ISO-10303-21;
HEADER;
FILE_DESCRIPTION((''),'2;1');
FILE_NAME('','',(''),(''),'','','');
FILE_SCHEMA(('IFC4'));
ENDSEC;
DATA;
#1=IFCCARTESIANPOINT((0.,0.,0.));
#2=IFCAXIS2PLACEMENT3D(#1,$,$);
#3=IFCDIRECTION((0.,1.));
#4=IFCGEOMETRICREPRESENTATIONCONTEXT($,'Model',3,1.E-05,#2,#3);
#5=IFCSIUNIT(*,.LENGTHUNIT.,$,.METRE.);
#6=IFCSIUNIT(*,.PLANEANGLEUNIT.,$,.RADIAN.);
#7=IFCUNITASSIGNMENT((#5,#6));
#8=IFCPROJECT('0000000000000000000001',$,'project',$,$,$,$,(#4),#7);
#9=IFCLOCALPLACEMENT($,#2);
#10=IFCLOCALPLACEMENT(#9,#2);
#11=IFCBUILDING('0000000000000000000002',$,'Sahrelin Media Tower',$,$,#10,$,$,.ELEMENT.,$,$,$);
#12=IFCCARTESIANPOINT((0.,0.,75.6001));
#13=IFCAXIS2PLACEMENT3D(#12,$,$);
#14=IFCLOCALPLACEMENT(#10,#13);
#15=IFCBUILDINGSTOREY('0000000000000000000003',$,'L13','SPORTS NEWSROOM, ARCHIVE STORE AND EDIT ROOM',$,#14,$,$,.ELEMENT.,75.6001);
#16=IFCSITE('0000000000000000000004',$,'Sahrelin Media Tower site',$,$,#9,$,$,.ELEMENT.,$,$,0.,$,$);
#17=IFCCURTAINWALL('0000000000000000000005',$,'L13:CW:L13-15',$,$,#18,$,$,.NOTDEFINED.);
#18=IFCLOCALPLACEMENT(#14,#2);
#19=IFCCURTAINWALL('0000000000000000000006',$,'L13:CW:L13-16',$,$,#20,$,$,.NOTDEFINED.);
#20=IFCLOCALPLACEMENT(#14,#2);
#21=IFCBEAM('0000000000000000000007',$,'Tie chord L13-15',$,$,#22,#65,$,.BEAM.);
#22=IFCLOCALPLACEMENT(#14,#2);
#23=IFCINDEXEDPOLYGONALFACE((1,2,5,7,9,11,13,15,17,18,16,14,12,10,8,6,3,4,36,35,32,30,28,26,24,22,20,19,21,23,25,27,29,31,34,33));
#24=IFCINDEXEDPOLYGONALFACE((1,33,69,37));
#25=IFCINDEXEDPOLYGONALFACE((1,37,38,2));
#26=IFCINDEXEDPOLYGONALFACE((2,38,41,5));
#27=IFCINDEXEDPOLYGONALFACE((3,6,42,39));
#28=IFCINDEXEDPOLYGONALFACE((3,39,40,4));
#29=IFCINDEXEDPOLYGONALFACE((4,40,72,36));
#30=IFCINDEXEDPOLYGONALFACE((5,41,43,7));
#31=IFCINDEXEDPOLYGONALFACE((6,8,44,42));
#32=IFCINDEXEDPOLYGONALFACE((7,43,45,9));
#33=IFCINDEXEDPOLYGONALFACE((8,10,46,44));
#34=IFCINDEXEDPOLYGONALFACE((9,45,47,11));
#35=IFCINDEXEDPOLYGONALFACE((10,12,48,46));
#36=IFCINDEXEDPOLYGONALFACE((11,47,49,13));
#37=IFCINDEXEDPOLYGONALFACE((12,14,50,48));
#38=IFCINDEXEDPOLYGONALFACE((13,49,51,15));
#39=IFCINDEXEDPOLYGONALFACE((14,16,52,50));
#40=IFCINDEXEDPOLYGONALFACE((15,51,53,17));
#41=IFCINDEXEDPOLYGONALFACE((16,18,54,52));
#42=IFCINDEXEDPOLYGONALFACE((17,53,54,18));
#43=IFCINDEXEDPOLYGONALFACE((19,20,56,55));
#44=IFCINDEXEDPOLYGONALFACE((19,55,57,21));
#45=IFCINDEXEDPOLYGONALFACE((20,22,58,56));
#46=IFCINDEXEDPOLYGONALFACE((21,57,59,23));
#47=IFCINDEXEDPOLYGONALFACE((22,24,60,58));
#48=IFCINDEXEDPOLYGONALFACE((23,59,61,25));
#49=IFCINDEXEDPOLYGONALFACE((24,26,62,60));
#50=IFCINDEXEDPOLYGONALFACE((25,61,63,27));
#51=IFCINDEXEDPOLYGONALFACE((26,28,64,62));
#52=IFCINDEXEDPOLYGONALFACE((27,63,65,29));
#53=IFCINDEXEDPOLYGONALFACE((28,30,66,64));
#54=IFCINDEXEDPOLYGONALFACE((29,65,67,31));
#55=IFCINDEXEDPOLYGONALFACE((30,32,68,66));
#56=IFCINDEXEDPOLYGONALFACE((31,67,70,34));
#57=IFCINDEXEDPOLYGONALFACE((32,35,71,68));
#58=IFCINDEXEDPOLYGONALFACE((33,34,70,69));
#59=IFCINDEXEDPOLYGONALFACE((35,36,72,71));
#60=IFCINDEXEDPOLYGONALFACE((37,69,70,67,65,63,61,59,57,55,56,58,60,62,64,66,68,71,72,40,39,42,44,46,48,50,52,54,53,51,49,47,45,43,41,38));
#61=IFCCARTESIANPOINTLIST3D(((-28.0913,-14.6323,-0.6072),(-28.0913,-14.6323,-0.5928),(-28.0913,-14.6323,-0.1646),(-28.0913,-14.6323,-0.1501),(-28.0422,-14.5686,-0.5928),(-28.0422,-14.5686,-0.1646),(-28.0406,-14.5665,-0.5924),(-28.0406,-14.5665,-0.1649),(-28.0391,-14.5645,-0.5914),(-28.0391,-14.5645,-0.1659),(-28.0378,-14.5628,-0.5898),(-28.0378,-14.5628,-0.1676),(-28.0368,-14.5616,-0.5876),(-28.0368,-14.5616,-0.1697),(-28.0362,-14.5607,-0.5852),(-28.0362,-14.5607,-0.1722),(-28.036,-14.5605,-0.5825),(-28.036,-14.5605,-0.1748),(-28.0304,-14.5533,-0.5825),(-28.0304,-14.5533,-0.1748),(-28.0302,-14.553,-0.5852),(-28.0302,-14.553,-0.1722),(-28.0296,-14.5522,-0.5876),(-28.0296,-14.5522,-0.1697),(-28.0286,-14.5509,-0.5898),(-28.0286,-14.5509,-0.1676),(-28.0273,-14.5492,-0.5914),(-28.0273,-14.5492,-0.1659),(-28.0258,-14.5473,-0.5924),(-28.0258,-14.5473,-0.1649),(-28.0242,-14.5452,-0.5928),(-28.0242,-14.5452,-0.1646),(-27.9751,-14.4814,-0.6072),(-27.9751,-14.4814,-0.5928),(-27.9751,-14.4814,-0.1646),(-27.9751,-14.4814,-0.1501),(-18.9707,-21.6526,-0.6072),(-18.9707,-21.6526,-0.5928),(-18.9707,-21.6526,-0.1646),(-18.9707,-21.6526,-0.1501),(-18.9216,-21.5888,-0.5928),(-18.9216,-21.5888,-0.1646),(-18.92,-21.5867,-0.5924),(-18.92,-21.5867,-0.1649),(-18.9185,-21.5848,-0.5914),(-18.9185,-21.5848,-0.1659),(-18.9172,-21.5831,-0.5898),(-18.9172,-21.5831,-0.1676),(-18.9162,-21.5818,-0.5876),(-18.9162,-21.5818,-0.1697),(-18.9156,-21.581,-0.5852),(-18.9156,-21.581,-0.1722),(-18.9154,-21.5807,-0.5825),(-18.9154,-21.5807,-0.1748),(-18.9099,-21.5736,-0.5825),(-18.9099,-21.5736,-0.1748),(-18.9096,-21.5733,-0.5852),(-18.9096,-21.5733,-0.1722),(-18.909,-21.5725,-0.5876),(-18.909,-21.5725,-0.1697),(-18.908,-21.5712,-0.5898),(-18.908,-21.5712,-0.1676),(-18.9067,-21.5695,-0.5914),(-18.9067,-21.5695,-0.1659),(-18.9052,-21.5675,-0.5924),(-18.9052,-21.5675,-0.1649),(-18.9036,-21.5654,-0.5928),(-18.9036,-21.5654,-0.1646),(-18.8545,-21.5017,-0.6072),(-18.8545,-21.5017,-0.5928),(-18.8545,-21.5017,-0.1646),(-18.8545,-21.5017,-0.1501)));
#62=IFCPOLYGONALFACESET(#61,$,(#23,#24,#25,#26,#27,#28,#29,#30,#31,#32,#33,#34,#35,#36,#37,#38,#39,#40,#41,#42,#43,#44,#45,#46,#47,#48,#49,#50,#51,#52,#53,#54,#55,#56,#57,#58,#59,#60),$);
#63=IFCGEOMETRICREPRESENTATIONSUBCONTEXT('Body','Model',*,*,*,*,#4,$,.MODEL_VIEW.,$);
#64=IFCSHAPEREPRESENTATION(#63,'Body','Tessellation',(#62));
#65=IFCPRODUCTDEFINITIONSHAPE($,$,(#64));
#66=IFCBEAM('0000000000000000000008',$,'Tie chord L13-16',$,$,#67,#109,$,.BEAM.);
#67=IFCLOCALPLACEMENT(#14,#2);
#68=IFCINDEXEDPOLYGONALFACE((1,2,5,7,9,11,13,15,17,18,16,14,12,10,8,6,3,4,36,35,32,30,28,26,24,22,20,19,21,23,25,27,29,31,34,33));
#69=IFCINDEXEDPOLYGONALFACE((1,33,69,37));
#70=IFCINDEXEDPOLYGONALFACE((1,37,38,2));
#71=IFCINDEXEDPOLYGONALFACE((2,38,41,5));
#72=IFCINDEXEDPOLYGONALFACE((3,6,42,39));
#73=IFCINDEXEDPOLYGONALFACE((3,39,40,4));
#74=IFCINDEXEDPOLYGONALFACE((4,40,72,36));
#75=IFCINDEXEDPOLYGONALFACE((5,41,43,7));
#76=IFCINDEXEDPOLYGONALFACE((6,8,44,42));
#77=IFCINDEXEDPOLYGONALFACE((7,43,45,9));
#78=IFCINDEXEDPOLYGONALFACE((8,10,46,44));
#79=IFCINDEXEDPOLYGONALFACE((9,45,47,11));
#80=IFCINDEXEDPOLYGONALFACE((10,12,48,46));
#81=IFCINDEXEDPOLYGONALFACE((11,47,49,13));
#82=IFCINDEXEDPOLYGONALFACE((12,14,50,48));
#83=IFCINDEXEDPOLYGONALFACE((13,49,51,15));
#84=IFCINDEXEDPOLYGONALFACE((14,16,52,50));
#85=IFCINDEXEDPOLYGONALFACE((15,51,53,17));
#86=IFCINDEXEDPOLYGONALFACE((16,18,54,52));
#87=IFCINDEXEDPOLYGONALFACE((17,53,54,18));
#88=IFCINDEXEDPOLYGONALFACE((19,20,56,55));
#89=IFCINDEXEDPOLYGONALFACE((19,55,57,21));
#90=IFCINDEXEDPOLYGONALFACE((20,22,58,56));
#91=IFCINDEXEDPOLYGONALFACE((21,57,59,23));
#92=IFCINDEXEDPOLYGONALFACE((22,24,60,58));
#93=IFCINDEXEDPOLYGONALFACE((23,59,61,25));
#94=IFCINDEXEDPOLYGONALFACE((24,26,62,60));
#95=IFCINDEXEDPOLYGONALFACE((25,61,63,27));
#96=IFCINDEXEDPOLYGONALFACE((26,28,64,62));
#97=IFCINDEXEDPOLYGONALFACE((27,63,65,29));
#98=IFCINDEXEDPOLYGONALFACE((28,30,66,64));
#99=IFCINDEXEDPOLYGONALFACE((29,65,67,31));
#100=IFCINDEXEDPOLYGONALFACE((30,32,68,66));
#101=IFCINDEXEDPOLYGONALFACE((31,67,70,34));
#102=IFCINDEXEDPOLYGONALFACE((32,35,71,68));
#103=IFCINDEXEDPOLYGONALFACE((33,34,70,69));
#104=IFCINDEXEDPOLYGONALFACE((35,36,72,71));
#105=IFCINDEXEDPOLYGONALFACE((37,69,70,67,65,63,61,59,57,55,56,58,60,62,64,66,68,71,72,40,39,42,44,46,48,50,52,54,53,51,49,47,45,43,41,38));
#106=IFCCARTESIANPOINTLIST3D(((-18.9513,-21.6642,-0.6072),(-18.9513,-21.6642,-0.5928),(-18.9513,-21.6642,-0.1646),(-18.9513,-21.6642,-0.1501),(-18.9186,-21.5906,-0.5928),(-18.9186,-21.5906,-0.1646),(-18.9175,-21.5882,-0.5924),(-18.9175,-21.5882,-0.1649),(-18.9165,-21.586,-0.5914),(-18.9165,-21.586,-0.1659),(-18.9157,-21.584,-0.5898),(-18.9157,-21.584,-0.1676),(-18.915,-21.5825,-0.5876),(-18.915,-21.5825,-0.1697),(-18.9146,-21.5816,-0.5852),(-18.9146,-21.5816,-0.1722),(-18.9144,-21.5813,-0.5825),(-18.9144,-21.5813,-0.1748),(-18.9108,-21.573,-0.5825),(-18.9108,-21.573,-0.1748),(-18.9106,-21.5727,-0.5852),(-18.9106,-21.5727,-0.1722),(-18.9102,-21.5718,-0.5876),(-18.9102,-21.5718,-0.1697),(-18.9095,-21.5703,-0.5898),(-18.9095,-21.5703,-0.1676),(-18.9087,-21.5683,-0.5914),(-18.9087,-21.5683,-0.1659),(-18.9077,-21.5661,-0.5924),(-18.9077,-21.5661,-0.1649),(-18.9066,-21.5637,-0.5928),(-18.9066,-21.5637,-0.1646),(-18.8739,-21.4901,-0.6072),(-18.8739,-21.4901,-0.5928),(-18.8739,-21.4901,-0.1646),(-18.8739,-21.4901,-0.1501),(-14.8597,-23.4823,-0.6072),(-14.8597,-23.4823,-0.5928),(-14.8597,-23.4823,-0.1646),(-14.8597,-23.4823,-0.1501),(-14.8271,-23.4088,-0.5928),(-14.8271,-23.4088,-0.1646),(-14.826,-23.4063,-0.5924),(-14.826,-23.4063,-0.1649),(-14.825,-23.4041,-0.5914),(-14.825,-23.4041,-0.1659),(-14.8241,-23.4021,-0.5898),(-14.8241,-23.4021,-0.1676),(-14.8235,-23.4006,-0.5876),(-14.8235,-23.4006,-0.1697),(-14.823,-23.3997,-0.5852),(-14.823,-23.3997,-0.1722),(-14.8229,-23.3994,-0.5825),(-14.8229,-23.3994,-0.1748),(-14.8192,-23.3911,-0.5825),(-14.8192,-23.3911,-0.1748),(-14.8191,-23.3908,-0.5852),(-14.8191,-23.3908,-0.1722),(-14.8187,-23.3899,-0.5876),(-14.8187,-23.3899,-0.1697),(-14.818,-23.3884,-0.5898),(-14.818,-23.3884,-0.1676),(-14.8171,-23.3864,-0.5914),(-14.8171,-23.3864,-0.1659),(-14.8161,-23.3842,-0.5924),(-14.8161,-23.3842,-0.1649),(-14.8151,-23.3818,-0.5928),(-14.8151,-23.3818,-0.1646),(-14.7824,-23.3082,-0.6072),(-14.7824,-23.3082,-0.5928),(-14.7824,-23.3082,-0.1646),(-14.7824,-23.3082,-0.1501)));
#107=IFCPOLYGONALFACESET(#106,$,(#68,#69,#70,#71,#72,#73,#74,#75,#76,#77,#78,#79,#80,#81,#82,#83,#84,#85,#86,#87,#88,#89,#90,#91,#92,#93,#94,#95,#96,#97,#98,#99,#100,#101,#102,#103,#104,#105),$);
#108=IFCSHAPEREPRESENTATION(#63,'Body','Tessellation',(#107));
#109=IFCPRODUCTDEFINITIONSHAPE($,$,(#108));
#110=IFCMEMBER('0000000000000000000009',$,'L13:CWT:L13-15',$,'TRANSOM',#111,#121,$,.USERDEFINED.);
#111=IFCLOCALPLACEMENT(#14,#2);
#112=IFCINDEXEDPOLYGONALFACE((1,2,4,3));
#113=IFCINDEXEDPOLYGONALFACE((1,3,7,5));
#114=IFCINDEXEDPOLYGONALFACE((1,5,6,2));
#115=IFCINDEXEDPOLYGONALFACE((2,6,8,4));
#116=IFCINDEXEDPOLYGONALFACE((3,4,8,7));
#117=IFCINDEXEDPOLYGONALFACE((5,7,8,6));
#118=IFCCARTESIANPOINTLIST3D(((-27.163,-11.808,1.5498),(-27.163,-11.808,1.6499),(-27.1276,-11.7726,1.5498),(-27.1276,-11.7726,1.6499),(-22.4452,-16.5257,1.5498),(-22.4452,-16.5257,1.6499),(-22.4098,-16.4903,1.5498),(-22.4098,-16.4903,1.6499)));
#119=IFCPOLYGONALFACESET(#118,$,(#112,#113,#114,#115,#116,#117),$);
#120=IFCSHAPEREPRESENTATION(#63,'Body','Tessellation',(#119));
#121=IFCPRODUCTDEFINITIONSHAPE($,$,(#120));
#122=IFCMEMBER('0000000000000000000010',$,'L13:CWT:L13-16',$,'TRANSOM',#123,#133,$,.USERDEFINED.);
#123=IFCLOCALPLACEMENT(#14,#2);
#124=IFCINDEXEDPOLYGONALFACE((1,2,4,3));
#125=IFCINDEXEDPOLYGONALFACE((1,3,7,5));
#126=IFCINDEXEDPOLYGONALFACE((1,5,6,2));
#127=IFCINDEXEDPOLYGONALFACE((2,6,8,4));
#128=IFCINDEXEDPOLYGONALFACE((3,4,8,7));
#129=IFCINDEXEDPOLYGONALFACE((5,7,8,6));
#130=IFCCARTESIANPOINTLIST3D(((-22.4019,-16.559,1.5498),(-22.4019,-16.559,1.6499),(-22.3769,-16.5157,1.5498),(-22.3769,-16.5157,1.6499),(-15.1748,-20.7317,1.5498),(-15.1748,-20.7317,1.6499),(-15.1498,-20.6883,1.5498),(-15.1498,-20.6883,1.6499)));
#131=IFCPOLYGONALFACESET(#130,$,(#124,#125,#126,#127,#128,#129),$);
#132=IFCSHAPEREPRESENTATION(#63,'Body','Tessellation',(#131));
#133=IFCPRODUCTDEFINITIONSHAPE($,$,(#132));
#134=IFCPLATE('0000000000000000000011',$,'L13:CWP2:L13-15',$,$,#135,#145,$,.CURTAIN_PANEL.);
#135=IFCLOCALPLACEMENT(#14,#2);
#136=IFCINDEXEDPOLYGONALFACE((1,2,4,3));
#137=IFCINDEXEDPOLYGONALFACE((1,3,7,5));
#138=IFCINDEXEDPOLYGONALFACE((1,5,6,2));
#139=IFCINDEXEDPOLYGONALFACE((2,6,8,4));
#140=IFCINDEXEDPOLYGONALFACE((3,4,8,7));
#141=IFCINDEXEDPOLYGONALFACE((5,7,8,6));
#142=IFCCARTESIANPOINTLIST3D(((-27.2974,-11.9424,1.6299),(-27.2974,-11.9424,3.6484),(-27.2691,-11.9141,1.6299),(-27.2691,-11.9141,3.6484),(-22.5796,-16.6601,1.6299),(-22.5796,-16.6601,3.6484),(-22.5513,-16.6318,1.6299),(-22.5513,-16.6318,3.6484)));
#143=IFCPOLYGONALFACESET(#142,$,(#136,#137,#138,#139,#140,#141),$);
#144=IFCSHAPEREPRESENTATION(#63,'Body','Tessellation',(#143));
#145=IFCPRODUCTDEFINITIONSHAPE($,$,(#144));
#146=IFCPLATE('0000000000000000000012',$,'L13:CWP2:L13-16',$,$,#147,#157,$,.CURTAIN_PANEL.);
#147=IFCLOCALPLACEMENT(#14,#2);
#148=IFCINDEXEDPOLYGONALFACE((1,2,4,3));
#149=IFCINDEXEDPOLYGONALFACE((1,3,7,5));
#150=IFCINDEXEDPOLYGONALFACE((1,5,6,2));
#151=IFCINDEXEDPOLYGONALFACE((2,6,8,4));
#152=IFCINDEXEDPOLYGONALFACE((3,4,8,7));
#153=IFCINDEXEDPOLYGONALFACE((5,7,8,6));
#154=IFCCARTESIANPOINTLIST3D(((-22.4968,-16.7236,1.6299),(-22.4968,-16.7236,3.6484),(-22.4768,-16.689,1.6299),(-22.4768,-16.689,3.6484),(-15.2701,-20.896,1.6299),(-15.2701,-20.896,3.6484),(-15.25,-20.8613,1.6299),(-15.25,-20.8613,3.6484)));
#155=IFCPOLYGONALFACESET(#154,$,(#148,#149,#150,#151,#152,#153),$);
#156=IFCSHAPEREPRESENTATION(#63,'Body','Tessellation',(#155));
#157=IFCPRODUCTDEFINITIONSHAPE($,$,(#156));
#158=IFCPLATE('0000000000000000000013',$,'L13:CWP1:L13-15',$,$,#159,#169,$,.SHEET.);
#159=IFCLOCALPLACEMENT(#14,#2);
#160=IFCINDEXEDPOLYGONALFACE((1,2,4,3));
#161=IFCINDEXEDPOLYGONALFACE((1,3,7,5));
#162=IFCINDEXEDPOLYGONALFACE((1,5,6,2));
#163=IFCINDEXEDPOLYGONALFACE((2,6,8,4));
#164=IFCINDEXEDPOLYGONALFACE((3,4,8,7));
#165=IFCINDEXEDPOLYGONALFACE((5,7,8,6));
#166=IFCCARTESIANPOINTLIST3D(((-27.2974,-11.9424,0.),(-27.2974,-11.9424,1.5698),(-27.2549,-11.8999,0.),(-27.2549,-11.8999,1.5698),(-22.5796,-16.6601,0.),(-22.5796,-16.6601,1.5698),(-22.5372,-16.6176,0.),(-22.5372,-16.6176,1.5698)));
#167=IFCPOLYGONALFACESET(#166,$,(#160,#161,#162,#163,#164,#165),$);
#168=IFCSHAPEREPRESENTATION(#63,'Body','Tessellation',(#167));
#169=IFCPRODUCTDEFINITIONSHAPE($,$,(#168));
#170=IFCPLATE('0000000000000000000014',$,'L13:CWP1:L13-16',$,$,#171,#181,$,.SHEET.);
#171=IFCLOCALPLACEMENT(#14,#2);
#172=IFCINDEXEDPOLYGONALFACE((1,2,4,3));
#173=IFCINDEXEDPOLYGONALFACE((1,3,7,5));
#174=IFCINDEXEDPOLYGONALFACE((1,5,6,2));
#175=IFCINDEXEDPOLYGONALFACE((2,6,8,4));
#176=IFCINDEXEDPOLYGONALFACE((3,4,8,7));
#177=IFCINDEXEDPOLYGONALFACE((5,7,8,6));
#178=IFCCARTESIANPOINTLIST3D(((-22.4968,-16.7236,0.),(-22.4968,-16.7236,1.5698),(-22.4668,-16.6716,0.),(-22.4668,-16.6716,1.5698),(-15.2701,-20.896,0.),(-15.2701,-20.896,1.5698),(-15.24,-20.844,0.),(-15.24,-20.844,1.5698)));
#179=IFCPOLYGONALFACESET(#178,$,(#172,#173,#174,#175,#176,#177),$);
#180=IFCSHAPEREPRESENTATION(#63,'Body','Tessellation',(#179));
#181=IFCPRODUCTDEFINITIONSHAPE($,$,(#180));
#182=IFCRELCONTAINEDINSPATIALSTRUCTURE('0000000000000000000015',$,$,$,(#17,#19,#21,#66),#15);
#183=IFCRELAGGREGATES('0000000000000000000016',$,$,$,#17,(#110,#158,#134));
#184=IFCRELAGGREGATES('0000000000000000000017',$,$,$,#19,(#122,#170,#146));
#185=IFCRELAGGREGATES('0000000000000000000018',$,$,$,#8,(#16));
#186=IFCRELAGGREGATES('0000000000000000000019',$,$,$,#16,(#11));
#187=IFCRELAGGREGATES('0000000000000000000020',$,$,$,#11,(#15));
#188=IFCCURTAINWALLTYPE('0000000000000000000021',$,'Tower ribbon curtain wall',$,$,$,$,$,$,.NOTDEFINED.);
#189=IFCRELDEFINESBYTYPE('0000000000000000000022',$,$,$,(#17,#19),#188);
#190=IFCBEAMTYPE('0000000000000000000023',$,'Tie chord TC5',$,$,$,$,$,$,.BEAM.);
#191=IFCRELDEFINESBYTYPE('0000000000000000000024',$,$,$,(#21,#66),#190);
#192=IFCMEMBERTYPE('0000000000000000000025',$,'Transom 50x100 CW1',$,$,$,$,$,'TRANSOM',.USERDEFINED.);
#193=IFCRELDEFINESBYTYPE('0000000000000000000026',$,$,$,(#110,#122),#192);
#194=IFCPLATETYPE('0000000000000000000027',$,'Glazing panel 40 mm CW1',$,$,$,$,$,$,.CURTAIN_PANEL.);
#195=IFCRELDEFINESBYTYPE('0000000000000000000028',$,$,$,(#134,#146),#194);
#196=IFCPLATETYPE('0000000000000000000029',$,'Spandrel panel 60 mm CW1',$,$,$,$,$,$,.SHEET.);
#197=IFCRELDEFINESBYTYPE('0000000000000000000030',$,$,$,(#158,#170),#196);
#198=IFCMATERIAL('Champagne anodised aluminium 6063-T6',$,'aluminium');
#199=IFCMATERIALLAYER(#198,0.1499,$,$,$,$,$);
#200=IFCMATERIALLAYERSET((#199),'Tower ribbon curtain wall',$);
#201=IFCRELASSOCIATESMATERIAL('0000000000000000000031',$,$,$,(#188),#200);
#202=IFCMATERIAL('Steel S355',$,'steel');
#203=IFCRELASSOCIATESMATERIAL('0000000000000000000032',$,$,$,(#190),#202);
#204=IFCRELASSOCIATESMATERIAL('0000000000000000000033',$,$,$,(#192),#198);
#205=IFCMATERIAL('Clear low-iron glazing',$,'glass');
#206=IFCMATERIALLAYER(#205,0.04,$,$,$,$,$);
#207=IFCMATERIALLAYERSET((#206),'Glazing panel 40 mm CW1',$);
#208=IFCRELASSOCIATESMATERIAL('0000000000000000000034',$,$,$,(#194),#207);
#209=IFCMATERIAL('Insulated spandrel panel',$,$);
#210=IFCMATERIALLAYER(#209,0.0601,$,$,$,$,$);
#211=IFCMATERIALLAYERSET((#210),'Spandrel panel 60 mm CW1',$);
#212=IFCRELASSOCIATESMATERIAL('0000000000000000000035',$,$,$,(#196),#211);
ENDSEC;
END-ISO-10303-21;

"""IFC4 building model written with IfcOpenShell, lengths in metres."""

from ifc_helpers import new_model, si_unit, direction, frame, origin, origin_2d, place, context, subcontext, project, spatial, polyline, rectangle, i_section, outline, extrude, material, layer, layer_set, material_profile, profile_set, type_object, element, aggregate, save


model = new_model("IFC4")

# Units and contexts
model_context = context("Model", 3, precision=1e-05, world=origin(), true_north=direction((0.0, 1.0)))
body_context = subcontext(model_context, "Body", "Model", "MODEL_VIEW")
ifc_project = project(units=[si_unit("LENGTHUNIT", "METRE"), si_unit("PLANEANGLEUNIT", "RADIAN")], contexts=[model_context])

# Site, building, storey
site_placement = place(None, origin())
site = spatial("IfcSite", under=ifc_project, at=site_placement, Name="Sahrelin Media Tower site", CompositionType="ELEMENT", RefElevation=0.0)
building_placement = place(site_placement, origin())
building = spatial("IfcBuilding", under=site, at=building_placement, Name="Sahrelin Media Tower", CompositionType="ELEMENT")
storey_placement = place(building_placement, frame((0.0, 0.0, 75.6001)))
storey = spatial("IfcBuildingStorey", under=building, at=storey_placement, Name="L13", Description="SPORTS NEWSROOM, ARCHIVE STORE AND EDIT ROOM", CompositionType="ELEMENT", Elevation=75.6001)

# Shared definitions
ifc_material_1 = material(Name="Steel S355", Category="steel")

# Curtain walls
ifc_material_2 = material(Name="Champagne anodised aluminium 6063-T6", Category="aluminium")
ifc_layer_1 = layer(ifc_material_2, 0.1499)
ifc_layer_set_1 = layer_set([ifc_layer_1], Name="Tower ribbon curtain wall")
curtain_wall_type = type_object("IfcCurtainWallType", Name="Tower ribbon curtain wall", PredefinedType="NOTDEFINED", material=ifc_layer_set_1)
curtain_wall_1_placement = place(storey_placement, frame((-24.9243, -14.2871, 0.0), z_axis=(0.0, 0.0, 1.0), x_axis=(1.0, 0.0, 0.0)))
curtain_wall_1 = element("IfcCurtainWall", 1, at=curtain_wall_1_placement, inside=storey, type_object=curtain_wall_type, Name="L13:CW:L13-15", PredefinedType="NOTDEFINED")
curtain_wall_2_placement = place(storey_placement, frame((-18.8733, -18.7925, 0.0), z_axis=(0.0, 0.0, 1.0), x_axis=(1.0, 0.0, 0.0)))
curtain_wall_2 = element("IfcCurtainWall", 2, at=curtain_wall_2_placement, inside=storey, type_object=curtain_wall_type, Name="L13:CW:L13-16", PredefinedType="NOTDEFINED")

# Beams
ifc_material_profile_1 = material_profile(ifc_material_1, i_section(OverallWidth=0.1904, OverallDepth=0.457, WebThickness=0.009, FlangeThickness=0.0144, FilletRadius=0.0103, at=origin_2d()), Name="UB 457x191x74")
ifc_profile_set_1 = profile_set([ifc_material_profile_1], Name="Steel S355")
beam_type_1 = type_object("IfcBeamType", Name="Tie chord TC5", PredefinedType="BEAM", material=ifc_profile_set_1)
beam_1_placement = place(storey_placement, frame((-28.0332, -14.5569, -0.3787), z_axis=(0.792439, -0.609952, 0.0), x_axis=(0.609952, 0.792439, 0.0)))
element("IfcBeam", 3, at=beam_1_placement, inside=storey, type_object=beam_type_1, Name="Tie chord L13-15", PredefinedType="BEAM", context=body_context, shape_type="SweptSolid", body=[
    extrude(i_section(OverallWidth=0.1904, OverallDepth=0.457, WebThickness=0.009, FlangeThickness=0.0144, FilletRadius=0.0103, at=origin_2d()), origin(), (0.0, 0.0, 1.0), 11.5095),
])
beam_2_placement = place(storey_placement, frame((-18.9126, -21.5771, -0.3787), z_axis=(0.913841, -0.406073, 0.0), x_axis=(0.406073, 0.913841, 0.0)))
element("IfcBeam", 4, at=beam_2_placement, inside=storey, type_object=beam_type_1, Name="Tie chord L13-16", PredefinedType="BEAM", context=body_context, shape_type="SweptSolid", body=[
    extrude(i_section(OverallWidth=0.1904, OverallDepth=0.457, WebThickness=0.009, FlangeThickness=0.0144, FilletRadius=0.0103, at=origin_2d()), origin(), (0.0, 0.0, 1.0), 4.4773),
])

# Members
ifc_material_profile_2 = material_profile(ifc_material_2, rectangle(XDim=0.05, YDim=0.1001, at=origin_2d()), Name="Transom 50x100")
ifc_profile_set_2 = profile_set([ifc_material_profile_2], Name="Champagne anodised aluminium 6063-T6")
member_type_1 = type_object("IfcMemberType", Name="Transom 50x100 CW1", ElementType="TRANSOM", PredefinedType="USERDEFINED", material=ifc_profile_set_2)
member_1_placement = place(storey_placement, frame((-27.1453, -11.7903, 1.5999), z_axis=(0.707107, -0.707107, 0.0), x_axis=(0.707107, 0.707107, 0.0)))
member_1 = element("IfcMember", 5, at=member_1_placement, type_object=member_type_1, Name="L13:CWT:L13-15", ObjectType="TRANSOM", PredefinedType="USERDEFINED", context=body_context, shape_type="SweptSolid", body=[
    extrude(rectangle(XDim=0.05, YDim=0.1001, at=origin_2d()), origin(), (0.0, 0.0, 1.0), 6.6719),
])
member_2_placement = place(storey_placement, frame((-22.3894, -16.5374, 1.5999), z_axis=(0.866022, -0.500006, 0.0), x_axis=(0.500006, 0.866022, 0.0)))
member_2 = element("IfcMember", 6, at=member_2_placement, type_object=member_type_1, Name="L13:CWT:L13-16", ObjectType="TRANSOM", PredefinedType="USERDEFINED", context=body_context, shape_type="SweptSolid", body=[
    extrude(rectangle(XDim=0.05, YDim=0.1001, at=origin_2d()), origin(), (0.0, 0.0, 1.0), 8.3452),
])

# Plates
ifc_material_3 = material(Name="Clear low-iron glazing", Category="glass")
ifc_layer_2 = layer(ifc_material_3, 0.04)
ifc_layer_set_2 = layer_set([ifc_layer_2], Name="Glazing panel 40 mm CW1")
plate_type_1 = type_object("IfcPlateType", Name="Glazing panel 40 mm CW1", PredefinedType="CURTAIN_PANEL", material=ifc_layer_set_2)
plate_1_placement = place(storey_placement, frame((-27.2974, -11.9424, 1.6299), z_axis=(-0.707107, -0.707107, 0.0), x_axis=(0.707107, -0.707107, 0.0)))
plate_1 = element("IfcPlate", 7, at=plate_1_placement, type_object=plate_type_1, Name="L13:CWP2:L13-15", PredefinedType="CURTAIN_PANEL", context=body_context, shape_type="SweptSolid", body=[
    extrude(outline(polyline([(0.0, 0.0), (6.6719, 0.0), (6.6719, 2.0186), (0.0, 2.0186), (0.0, 0.0)])), origin(), (0.0, 0.0, -1.0), 0.04),
])
plate_2_placement = place(storey_placement, frame((-22.4968, -16.7236, 1.6299), z_axis=(-0.499997, -0.866027, 0.0), x_axis=(0.866027, -0.499997, 0.0)))
plate_2 = element("IfcPlate", 8, at=plate_2_placement, type_object=plate_type_1, Name="L13:CWP2:L13-16", PredefinedType="CURTAIN_PANEL", context=body_context, shape_type="SweptSolid", body=[
    extrude(outline(polyline([(0.0, 0.0), (8.3447, 0.0), (8.3447, 2.0186), (0.0, 2.0186), (0.0, 0.0)])), origin(), (0.0, 0.0, -1.0), 0.04),
])
ifc_material_4 = material(Name="Insulated spandrel panel")
ifc_layer_3 = layer(ifc_material_4, 0.0601)
ifc_layer_set_3 = layer_set([ifc_layer_3], Name="Spandrel panel 60 mm CW1")
plate_type_2 = type_object("IfcPlateType", Name="Spandrel panel 60 mm CW1", PredefinedType="SHEET", material=ifc_layer_set_3)
plate_3_placement = place(storey_placement, frame((-27.2974, -11.9424, 0.0), z_axis=(-0.707107, -0.707107, 0.0), x_axis=(0.707107, -0.707107, 0.0)))
plate_3 = element("IfcPlate", 9, at=plate_3_placement, type_object=plate_type_2, Name="L13:CWP1:L13-15", PredefinedType="SHEET", context=body_context, shape_type="SweptSolid", body=[
    extrude(outline(polyline([(0.0, 0.0), (6.6719, 0.0), (6.6719, 1.5698), (0.0, 1.5698), (0.0, 0.0)])), origin(), (0.0, 0.0, -1.0), 0.0601),
])
aggregate(curtain_wall_1, [member_1, plate_3, plate_1])
plate_4_placement = place(storey_placement, frame((-22.4968, -16.7236, 0.0), z_axis=(-0.499997, -0.866027, 0.0), x_axis=(0.866027, -0.499997, 0.0)))
plate_4 = element("IfcPlate", 10, at=plate_4_placement, type_object=plate_type_2, Name="L13:CWP1:L13-16", PredefinedType="SHEET", context=body_context, shape_type="SweptSolid", body=[
    extrude(outline(polyline([(0.0, 0.0), (8.3447, 0.0), (8.3447, 1.5698), (0.0, 1.5698), (0.0, 0.0)])), origin(), (0.0, 0.0, -1.0), 0.0601),
])
aggregate(curtain_wall_2, [member_2, plate_4, plate_2])

save(model, "model.ifc")
